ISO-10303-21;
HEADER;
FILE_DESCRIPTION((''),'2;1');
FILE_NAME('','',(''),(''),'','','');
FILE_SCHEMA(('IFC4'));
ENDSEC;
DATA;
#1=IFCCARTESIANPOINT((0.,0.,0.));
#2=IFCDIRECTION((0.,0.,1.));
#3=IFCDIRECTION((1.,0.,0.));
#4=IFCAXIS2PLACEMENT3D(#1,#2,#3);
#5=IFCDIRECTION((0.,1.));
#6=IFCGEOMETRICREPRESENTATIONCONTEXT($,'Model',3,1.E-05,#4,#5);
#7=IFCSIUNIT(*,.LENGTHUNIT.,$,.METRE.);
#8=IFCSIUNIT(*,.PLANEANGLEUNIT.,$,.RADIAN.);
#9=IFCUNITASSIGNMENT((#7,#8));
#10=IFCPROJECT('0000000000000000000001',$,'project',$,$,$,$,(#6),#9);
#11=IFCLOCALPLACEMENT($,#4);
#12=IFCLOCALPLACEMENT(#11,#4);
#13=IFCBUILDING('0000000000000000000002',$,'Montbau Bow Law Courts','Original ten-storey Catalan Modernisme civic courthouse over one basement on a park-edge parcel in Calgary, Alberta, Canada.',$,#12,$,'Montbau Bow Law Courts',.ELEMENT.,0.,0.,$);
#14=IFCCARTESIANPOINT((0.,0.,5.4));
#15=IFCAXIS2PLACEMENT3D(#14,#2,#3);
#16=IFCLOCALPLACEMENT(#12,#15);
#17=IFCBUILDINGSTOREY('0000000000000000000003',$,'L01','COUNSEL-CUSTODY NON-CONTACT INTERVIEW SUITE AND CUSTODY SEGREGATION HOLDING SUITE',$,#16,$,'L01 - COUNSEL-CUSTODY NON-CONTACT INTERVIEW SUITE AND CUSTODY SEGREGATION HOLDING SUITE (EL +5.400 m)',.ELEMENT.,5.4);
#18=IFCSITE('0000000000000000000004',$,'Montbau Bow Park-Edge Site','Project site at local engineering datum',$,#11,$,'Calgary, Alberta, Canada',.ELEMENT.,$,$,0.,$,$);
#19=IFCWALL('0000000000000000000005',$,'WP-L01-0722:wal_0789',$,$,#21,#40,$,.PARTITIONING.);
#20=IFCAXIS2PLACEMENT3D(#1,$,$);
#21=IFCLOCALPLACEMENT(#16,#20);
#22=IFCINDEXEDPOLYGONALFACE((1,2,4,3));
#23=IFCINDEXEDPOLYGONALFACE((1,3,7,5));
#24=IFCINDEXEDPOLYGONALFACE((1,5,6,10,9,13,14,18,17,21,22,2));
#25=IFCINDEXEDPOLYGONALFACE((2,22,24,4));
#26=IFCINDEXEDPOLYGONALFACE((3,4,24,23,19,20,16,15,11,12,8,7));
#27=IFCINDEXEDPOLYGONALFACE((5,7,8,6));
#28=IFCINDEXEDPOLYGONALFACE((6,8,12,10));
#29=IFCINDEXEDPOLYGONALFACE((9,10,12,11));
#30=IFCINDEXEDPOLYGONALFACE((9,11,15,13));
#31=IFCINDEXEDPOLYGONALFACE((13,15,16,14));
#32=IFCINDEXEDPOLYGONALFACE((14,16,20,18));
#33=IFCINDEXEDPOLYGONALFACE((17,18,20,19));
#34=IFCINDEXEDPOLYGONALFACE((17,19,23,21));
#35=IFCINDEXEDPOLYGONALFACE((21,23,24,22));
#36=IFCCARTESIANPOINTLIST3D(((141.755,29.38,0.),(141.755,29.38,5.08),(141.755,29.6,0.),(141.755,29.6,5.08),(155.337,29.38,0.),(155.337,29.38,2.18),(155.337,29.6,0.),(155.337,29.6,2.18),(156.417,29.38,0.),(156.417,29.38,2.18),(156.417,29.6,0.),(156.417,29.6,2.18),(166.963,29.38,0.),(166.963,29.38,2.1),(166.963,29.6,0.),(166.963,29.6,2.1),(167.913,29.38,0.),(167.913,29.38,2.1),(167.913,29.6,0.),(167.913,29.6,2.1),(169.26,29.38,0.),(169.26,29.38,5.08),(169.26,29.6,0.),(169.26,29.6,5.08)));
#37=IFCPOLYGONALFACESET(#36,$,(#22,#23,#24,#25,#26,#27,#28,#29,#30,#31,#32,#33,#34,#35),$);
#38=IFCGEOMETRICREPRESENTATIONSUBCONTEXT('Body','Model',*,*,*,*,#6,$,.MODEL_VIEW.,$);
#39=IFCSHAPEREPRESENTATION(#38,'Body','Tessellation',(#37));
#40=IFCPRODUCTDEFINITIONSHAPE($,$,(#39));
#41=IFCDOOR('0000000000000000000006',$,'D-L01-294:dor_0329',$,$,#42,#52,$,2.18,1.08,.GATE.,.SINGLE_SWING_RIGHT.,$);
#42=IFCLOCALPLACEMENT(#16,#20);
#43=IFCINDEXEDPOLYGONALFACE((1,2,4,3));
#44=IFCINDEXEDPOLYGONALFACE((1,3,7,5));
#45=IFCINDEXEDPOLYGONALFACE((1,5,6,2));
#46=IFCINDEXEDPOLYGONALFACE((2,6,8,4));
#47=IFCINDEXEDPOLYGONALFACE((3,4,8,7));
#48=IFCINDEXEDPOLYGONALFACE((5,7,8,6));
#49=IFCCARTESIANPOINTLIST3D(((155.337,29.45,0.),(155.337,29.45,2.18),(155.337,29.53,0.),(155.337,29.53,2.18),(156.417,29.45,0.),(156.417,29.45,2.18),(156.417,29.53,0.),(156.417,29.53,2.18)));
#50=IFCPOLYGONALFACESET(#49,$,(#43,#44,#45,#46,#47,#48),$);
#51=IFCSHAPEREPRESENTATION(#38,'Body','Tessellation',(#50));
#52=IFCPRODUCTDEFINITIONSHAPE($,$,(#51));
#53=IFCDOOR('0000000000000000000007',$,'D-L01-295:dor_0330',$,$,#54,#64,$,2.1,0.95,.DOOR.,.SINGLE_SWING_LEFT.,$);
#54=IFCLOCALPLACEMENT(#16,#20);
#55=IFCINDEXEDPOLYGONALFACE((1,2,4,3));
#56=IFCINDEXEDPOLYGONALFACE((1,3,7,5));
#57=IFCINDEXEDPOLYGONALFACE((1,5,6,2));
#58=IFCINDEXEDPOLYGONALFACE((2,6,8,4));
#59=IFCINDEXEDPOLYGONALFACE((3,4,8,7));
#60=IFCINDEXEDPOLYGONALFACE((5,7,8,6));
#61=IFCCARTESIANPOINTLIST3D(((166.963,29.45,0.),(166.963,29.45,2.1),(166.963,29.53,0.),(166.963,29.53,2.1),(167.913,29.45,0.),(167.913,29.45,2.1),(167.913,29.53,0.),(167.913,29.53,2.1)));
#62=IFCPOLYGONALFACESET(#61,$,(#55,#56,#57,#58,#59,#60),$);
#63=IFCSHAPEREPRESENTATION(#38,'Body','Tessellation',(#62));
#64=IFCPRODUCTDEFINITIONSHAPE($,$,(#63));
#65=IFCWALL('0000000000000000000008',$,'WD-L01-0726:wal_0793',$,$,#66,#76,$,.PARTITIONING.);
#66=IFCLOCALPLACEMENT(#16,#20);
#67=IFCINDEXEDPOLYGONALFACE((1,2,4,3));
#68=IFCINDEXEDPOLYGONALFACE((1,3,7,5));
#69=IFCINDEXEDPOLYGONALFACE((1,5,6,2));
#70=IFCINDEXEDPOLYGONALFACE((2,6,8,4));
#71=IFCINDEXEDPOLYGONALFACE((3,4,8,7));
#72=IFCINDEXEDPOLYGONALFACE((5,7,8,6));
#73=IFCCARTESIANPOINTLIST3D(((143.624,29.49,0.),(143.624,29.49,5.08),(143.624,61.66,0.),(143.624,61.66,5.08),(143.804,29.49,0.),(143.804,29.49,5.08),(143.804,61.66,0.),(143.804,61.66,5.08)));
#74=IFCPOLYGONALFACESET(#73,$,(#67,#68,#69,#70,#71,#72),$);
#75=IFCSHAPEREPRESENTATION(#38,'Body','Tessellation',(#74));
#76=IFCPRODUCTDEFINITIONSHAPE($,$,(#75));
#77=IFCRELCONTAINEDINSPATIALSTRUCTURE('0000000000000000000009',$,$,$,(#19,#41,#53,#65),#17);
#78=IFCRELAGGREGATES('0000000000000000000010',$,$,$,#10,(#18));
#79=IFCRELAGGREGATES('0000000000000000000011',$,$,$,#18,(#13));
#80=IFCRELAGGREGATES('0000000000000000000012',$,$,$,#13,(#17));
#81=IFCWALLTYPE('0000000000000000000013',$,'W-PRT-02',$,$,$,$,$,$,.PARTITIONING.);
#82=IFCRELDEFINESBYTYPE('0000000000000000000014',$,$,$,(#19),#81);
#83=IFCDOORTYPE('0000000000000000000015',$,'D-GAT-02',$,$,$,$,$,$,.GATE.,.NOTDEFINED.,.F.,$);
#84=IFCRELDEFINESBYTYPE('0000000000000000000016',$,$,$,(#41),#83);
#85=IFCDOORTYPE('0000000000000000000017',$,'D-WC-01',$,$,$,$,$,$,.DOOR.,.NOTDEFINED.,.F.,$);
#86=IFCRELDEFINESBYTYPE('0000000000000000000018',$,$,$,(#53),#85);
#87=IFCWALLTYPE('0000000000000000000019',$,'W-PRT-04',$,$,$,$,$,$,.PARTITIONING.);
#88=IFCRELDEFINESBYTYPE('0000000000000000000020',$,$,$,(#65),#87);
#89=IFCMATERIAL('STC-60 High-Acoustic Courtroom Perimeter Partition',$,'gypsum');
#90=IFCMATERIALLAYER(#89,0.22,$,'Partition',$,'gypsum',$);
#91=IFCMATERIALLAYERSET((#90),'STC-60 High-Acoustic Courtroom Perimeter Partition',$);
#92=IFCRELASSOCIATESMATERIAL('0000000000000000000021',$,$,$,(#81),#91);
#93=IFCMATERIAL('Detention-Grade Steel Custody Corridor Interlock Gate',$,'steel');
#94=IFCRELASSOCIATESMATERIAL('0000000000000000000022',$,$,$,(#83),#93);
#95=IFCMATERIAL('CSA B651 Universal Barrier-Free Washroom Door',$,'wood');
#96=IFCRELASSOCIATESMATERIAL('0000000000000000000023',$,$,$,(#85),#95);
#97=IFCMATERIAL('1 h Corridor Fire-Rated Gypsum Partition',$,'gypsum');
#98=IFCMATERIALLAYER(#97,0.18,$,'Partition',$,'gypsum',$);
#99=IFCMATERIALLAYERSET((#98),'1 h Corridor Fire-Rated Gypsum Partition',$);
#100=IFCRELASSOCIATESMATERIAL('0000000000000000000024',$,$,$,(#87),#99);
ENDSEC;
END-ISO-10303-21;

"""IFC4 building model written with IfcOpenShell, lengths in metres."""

from ifc_helpers import new_model, si_unit, direction, frame, frame_2d, origin_with_axes, place, context, subcontext, project, spatial, rectangle, extrude, material, layer, layer_set, type_object, element, fill, save


model = new_model("IFC4")

# Units and contexts
model_context = context("Model", 3, precision=1e-05, world=origin_with_axes(), true_north=direction((0.0, 1.0)))
body_context = subcontext(model_context, "Body", "Model", "MODEL_VIEW")
ifc_project = project(units=[si_unit("LENGTHUNIT", "METRE"), si_unit("PLANEANGLEUNIT", "RADIAN")], contexts=[model_context])

# Site, building, storey
site_placement = place(None, origin_with_axes())
site = spatial("IfcSite", under=ifc_project, at=site_placement, Name="Montbau Bow Park-Edge Site", Description="Project site at local engineering datum", LongName="Calgary, Alberta, Canada", CompositionType="ELEMENT", RefElevation=0.0)
building_placement = place(site_placement, origin_with_axes())
building = spatial("IfcBuilding", under=site, at=building_placement, Name="Montbau Bow Law Courts", Description="Original ten-storey Catalan Modernisme civic courthouse over one basement on a park-edge parcel in Calgary, Alberta, Canada.", LongName="Montbau Bow Law Courts", CompositionType="ELEMENT", ElevationOfRefHeight=0.0, ElevationOfTerrain=0.0)
storey_placement = place(building_placement, frame((0.0, 0.0, 5.4), z_axis=(0.0, 0.0, 1.0), x_axis=(1.0, 0.0, 0.0)))
storey = spatial("IfcBuildingStorey", under=building, at=storey_placement, Name="L01", Description="COUNSEL-CUSTODY NON-CONTACT INTERVIEW SUITE AND CUSTODY SEGREGATION HOLDING SUITE", LongName="L01 - COUNSEL-CUSTODY NON-CONTACT INTERVIEW SUITE AND CUSTODY SEGREGATION HOLDING SUITE (EL +5.400 m)", CompositionType="ELEMENT", Elevation=5.4)

# Wall, openings, doors
ifc_material_1 = material(Name="STC-60 High-Acoustic Courtroom Perimeter Partition", Category="gypsum")
ifc_layer_1 = layer(ifc_material_1, 0.22, Name="Partition", Category="gypsum")
ifc_layer_set_1 = layer_set([ifc_layer_1], Name="STC-60 High-Acoustic Courtroom Perimeter Partition")
wall_type_1 = type_object("IfcWallType", Name="W-PRT-02", PredefinedType="PARTITIONING", material=ifc_layer_set_1)
wall_1_placement = place(None, frame((141.755, 29.49, 5.4), z_axis=(0.0, 0.0, 1.0), x_axis=(1.0, 0.0, 0.0)))
wall_1 = element("IfcWall", 1, at=wall_1_placement, inside=storey, type_object=wall_type_1, Name="WP-L01-0722:wal_0789", PredefinedType="PARTITIONING", context=body_context, shape_type="SweptSolid", body=[
    extrude(rectangle(XDim=27.505, YDim=0.22, at=frame_2d((13.7525, 0.0), x_axis=(1.0, 0.0))), origin_with_axes(), (0.0, 0.0, 1.0), 5.08),
])
opening_1_placement = place(None, frame((155.877, 29.49, 5.4), z_axis=(0.0, 0.0, 1.0), x_axis=(1.0, 0.0, 0.0)))
opening_1 = element("IfcOpeningElement", 2, at=opening_1_placement, cuts=wall_1, PredefinedType="OPENING", context=body_context, shape_type="SweptSolid", body=[
    extrude(rectangle(XDim=1.08, YDim=2.18, at=frame_2d((0.0, 1.09), x_axis=(1.0, 0.0))), frame((0.0, 0.12, 0.0), z_axis=(0.0, -1.0, 0.0), x_axis=(1.0, 0.0, 0.0)), (0.0, 0.0, 1.0), 0.24),
])
opening_2_placement = place(None, frame((167.438, 29.49, 5.4), z_axis=(0.0, 0.0, 1.0), x_axis=(1.0, 0.0, 0.0)))
opening_2 = element("IfcOpeningElement", 3, at=opening_2_placement, cuts=wall_1, PredefinedType="OPENING", context=body_context, shape_type="SweptSolid", body=[
    extrude(rectangle(XDim=0.95, YDim=2.1, at=frame_2d((0.0, 1.05), x_axis=(1.0, 0.0))), frame((0.0, 0.12, 0.0), z_axis=(0.0, -1.0, 0.0), x_axis=(1.0, 0.0, 0.0)), (0.0, 0.0, 1.0), 0.24),
])
ifc_material_2 = material(Name="Detention-Grade Steel Custody Corridor Interlock Gate", Category="steel")
door_type_1 = type_object("IfcDoorType", Name="D-GAT-02", OperationType="NOTDEFINED", ParameterTakesPrecedence=False, PredefinedType="GATE", material=ifc_material_2)
door_1_placement = place(None, frame((155.877, 29.49, 5.4), z_axis=(0.0, 0.0, 1.0), x_axis=(-1.0, 0.0, 0.0)))
door_1 = element("IfcDoor", 4, at=door_1_placement, inside=storey, type_object=door_type_1, Name="D-L01-294:dor_0329", OperationType="SINGLE_SWING_RIGHT", OverallHeight=2.18, OverallWidth=1.08, PredefinedType="GATE", context=body_context, shape_type="SweptSolid", body=[
    extrude(rectangle(XDim=1.08, YDim=2.18, at=frame_2d((0.0, 1.09), x_axis=(1.0, 0.0))), frame((0.0, 0.04, 0.0), z_axis=(0.0, -1.0, 0.0), x_axis=(1.0, 0.0, 0.0)), (0.0, 0.0, 1.0), 0.08),
])
fill(opening_1, door_1)
ifc_material_3 = material(Name="CSA B651 Universal Barrier-Free Washroom Door", Category="wood")
door_type_2 = type_object("IfcDoorType", Name="D-WC-01", OperationType="NOTDEFINED", ParameterTakesPrecedence=False, PredefinedType="DOOR", material=ifc_material_3)
door_2_placement = place(None, frame((167.438, 29.49, 5.4), z_axis=(0.0, 0.0, 1.0), x_axis=(-1.0, 0.0, 0.0)))
door_2 = element("IfcDoor", 5, at=door_2_placement, inside=storey, type_object=door_type_2, Name="D-L01-295:dor_0330", OperationType="SINGLE_SWING_LEFT", OverallHeight=2.1, OverallWidth=0.95, PredefinedType="DOOR", context=body_context, shape_type="SweptSolid", body=[
    extrude(rectangle(XDim=0.95, YDim=2.1, at=frame_2d((0.0, 1.05), x_axis=(1.0, 0.0))), frame((0.0, 0.04, 0.0), z_axis=(0.0, -1.0, 0.0), x_axis=(1.0, 0.0, 0.0)), (0.0, 0.0, 1.0), 0.08),
])
fill(opening_2, door_2)

# Wall
ifc_material_4 = material(Name="1 h Corridor Fire-Rated Gypsum Partition", Category="gypsum")
ifc_layer_2 = layer(ifc_material_4, 0.18, Name="Partition", Category="gypsum")
ifc_layer_set_2 = layer_set([ifc_layer_2], Name="1 h Corridor Fire-Rated Gypsum Partition")
wall_type_2 = type_object("IfcWallType", Name="W-PRT-04", PredefinedType="PARTITIONING", material=ifc_layer_set_2)
wall_2_placement = place(None, frame((143.714, 29.49, 5.4), z_axis=(0.0, 0.0, 1.0), x_axis=(0.0, 1.0, 0.0)))
element("IfcWall", 6, at=wall_2_placement, inside=storey, type_object=wall_type_2, Name="WD-L01-0726:wal_0793", PredefinedType="PARTITIONING", context=body_context, shape_type="SweptSolid", body=[
    extrude(rectangle(XDim=32.17, YDim=0.18, at=frame_2d((16.085, 0.0), x_axis=(1.0, 0.0))), origin_with_axes(), (0.0, 0.0, 1.0), 5.08),
])

save(model, "model.ifc")
